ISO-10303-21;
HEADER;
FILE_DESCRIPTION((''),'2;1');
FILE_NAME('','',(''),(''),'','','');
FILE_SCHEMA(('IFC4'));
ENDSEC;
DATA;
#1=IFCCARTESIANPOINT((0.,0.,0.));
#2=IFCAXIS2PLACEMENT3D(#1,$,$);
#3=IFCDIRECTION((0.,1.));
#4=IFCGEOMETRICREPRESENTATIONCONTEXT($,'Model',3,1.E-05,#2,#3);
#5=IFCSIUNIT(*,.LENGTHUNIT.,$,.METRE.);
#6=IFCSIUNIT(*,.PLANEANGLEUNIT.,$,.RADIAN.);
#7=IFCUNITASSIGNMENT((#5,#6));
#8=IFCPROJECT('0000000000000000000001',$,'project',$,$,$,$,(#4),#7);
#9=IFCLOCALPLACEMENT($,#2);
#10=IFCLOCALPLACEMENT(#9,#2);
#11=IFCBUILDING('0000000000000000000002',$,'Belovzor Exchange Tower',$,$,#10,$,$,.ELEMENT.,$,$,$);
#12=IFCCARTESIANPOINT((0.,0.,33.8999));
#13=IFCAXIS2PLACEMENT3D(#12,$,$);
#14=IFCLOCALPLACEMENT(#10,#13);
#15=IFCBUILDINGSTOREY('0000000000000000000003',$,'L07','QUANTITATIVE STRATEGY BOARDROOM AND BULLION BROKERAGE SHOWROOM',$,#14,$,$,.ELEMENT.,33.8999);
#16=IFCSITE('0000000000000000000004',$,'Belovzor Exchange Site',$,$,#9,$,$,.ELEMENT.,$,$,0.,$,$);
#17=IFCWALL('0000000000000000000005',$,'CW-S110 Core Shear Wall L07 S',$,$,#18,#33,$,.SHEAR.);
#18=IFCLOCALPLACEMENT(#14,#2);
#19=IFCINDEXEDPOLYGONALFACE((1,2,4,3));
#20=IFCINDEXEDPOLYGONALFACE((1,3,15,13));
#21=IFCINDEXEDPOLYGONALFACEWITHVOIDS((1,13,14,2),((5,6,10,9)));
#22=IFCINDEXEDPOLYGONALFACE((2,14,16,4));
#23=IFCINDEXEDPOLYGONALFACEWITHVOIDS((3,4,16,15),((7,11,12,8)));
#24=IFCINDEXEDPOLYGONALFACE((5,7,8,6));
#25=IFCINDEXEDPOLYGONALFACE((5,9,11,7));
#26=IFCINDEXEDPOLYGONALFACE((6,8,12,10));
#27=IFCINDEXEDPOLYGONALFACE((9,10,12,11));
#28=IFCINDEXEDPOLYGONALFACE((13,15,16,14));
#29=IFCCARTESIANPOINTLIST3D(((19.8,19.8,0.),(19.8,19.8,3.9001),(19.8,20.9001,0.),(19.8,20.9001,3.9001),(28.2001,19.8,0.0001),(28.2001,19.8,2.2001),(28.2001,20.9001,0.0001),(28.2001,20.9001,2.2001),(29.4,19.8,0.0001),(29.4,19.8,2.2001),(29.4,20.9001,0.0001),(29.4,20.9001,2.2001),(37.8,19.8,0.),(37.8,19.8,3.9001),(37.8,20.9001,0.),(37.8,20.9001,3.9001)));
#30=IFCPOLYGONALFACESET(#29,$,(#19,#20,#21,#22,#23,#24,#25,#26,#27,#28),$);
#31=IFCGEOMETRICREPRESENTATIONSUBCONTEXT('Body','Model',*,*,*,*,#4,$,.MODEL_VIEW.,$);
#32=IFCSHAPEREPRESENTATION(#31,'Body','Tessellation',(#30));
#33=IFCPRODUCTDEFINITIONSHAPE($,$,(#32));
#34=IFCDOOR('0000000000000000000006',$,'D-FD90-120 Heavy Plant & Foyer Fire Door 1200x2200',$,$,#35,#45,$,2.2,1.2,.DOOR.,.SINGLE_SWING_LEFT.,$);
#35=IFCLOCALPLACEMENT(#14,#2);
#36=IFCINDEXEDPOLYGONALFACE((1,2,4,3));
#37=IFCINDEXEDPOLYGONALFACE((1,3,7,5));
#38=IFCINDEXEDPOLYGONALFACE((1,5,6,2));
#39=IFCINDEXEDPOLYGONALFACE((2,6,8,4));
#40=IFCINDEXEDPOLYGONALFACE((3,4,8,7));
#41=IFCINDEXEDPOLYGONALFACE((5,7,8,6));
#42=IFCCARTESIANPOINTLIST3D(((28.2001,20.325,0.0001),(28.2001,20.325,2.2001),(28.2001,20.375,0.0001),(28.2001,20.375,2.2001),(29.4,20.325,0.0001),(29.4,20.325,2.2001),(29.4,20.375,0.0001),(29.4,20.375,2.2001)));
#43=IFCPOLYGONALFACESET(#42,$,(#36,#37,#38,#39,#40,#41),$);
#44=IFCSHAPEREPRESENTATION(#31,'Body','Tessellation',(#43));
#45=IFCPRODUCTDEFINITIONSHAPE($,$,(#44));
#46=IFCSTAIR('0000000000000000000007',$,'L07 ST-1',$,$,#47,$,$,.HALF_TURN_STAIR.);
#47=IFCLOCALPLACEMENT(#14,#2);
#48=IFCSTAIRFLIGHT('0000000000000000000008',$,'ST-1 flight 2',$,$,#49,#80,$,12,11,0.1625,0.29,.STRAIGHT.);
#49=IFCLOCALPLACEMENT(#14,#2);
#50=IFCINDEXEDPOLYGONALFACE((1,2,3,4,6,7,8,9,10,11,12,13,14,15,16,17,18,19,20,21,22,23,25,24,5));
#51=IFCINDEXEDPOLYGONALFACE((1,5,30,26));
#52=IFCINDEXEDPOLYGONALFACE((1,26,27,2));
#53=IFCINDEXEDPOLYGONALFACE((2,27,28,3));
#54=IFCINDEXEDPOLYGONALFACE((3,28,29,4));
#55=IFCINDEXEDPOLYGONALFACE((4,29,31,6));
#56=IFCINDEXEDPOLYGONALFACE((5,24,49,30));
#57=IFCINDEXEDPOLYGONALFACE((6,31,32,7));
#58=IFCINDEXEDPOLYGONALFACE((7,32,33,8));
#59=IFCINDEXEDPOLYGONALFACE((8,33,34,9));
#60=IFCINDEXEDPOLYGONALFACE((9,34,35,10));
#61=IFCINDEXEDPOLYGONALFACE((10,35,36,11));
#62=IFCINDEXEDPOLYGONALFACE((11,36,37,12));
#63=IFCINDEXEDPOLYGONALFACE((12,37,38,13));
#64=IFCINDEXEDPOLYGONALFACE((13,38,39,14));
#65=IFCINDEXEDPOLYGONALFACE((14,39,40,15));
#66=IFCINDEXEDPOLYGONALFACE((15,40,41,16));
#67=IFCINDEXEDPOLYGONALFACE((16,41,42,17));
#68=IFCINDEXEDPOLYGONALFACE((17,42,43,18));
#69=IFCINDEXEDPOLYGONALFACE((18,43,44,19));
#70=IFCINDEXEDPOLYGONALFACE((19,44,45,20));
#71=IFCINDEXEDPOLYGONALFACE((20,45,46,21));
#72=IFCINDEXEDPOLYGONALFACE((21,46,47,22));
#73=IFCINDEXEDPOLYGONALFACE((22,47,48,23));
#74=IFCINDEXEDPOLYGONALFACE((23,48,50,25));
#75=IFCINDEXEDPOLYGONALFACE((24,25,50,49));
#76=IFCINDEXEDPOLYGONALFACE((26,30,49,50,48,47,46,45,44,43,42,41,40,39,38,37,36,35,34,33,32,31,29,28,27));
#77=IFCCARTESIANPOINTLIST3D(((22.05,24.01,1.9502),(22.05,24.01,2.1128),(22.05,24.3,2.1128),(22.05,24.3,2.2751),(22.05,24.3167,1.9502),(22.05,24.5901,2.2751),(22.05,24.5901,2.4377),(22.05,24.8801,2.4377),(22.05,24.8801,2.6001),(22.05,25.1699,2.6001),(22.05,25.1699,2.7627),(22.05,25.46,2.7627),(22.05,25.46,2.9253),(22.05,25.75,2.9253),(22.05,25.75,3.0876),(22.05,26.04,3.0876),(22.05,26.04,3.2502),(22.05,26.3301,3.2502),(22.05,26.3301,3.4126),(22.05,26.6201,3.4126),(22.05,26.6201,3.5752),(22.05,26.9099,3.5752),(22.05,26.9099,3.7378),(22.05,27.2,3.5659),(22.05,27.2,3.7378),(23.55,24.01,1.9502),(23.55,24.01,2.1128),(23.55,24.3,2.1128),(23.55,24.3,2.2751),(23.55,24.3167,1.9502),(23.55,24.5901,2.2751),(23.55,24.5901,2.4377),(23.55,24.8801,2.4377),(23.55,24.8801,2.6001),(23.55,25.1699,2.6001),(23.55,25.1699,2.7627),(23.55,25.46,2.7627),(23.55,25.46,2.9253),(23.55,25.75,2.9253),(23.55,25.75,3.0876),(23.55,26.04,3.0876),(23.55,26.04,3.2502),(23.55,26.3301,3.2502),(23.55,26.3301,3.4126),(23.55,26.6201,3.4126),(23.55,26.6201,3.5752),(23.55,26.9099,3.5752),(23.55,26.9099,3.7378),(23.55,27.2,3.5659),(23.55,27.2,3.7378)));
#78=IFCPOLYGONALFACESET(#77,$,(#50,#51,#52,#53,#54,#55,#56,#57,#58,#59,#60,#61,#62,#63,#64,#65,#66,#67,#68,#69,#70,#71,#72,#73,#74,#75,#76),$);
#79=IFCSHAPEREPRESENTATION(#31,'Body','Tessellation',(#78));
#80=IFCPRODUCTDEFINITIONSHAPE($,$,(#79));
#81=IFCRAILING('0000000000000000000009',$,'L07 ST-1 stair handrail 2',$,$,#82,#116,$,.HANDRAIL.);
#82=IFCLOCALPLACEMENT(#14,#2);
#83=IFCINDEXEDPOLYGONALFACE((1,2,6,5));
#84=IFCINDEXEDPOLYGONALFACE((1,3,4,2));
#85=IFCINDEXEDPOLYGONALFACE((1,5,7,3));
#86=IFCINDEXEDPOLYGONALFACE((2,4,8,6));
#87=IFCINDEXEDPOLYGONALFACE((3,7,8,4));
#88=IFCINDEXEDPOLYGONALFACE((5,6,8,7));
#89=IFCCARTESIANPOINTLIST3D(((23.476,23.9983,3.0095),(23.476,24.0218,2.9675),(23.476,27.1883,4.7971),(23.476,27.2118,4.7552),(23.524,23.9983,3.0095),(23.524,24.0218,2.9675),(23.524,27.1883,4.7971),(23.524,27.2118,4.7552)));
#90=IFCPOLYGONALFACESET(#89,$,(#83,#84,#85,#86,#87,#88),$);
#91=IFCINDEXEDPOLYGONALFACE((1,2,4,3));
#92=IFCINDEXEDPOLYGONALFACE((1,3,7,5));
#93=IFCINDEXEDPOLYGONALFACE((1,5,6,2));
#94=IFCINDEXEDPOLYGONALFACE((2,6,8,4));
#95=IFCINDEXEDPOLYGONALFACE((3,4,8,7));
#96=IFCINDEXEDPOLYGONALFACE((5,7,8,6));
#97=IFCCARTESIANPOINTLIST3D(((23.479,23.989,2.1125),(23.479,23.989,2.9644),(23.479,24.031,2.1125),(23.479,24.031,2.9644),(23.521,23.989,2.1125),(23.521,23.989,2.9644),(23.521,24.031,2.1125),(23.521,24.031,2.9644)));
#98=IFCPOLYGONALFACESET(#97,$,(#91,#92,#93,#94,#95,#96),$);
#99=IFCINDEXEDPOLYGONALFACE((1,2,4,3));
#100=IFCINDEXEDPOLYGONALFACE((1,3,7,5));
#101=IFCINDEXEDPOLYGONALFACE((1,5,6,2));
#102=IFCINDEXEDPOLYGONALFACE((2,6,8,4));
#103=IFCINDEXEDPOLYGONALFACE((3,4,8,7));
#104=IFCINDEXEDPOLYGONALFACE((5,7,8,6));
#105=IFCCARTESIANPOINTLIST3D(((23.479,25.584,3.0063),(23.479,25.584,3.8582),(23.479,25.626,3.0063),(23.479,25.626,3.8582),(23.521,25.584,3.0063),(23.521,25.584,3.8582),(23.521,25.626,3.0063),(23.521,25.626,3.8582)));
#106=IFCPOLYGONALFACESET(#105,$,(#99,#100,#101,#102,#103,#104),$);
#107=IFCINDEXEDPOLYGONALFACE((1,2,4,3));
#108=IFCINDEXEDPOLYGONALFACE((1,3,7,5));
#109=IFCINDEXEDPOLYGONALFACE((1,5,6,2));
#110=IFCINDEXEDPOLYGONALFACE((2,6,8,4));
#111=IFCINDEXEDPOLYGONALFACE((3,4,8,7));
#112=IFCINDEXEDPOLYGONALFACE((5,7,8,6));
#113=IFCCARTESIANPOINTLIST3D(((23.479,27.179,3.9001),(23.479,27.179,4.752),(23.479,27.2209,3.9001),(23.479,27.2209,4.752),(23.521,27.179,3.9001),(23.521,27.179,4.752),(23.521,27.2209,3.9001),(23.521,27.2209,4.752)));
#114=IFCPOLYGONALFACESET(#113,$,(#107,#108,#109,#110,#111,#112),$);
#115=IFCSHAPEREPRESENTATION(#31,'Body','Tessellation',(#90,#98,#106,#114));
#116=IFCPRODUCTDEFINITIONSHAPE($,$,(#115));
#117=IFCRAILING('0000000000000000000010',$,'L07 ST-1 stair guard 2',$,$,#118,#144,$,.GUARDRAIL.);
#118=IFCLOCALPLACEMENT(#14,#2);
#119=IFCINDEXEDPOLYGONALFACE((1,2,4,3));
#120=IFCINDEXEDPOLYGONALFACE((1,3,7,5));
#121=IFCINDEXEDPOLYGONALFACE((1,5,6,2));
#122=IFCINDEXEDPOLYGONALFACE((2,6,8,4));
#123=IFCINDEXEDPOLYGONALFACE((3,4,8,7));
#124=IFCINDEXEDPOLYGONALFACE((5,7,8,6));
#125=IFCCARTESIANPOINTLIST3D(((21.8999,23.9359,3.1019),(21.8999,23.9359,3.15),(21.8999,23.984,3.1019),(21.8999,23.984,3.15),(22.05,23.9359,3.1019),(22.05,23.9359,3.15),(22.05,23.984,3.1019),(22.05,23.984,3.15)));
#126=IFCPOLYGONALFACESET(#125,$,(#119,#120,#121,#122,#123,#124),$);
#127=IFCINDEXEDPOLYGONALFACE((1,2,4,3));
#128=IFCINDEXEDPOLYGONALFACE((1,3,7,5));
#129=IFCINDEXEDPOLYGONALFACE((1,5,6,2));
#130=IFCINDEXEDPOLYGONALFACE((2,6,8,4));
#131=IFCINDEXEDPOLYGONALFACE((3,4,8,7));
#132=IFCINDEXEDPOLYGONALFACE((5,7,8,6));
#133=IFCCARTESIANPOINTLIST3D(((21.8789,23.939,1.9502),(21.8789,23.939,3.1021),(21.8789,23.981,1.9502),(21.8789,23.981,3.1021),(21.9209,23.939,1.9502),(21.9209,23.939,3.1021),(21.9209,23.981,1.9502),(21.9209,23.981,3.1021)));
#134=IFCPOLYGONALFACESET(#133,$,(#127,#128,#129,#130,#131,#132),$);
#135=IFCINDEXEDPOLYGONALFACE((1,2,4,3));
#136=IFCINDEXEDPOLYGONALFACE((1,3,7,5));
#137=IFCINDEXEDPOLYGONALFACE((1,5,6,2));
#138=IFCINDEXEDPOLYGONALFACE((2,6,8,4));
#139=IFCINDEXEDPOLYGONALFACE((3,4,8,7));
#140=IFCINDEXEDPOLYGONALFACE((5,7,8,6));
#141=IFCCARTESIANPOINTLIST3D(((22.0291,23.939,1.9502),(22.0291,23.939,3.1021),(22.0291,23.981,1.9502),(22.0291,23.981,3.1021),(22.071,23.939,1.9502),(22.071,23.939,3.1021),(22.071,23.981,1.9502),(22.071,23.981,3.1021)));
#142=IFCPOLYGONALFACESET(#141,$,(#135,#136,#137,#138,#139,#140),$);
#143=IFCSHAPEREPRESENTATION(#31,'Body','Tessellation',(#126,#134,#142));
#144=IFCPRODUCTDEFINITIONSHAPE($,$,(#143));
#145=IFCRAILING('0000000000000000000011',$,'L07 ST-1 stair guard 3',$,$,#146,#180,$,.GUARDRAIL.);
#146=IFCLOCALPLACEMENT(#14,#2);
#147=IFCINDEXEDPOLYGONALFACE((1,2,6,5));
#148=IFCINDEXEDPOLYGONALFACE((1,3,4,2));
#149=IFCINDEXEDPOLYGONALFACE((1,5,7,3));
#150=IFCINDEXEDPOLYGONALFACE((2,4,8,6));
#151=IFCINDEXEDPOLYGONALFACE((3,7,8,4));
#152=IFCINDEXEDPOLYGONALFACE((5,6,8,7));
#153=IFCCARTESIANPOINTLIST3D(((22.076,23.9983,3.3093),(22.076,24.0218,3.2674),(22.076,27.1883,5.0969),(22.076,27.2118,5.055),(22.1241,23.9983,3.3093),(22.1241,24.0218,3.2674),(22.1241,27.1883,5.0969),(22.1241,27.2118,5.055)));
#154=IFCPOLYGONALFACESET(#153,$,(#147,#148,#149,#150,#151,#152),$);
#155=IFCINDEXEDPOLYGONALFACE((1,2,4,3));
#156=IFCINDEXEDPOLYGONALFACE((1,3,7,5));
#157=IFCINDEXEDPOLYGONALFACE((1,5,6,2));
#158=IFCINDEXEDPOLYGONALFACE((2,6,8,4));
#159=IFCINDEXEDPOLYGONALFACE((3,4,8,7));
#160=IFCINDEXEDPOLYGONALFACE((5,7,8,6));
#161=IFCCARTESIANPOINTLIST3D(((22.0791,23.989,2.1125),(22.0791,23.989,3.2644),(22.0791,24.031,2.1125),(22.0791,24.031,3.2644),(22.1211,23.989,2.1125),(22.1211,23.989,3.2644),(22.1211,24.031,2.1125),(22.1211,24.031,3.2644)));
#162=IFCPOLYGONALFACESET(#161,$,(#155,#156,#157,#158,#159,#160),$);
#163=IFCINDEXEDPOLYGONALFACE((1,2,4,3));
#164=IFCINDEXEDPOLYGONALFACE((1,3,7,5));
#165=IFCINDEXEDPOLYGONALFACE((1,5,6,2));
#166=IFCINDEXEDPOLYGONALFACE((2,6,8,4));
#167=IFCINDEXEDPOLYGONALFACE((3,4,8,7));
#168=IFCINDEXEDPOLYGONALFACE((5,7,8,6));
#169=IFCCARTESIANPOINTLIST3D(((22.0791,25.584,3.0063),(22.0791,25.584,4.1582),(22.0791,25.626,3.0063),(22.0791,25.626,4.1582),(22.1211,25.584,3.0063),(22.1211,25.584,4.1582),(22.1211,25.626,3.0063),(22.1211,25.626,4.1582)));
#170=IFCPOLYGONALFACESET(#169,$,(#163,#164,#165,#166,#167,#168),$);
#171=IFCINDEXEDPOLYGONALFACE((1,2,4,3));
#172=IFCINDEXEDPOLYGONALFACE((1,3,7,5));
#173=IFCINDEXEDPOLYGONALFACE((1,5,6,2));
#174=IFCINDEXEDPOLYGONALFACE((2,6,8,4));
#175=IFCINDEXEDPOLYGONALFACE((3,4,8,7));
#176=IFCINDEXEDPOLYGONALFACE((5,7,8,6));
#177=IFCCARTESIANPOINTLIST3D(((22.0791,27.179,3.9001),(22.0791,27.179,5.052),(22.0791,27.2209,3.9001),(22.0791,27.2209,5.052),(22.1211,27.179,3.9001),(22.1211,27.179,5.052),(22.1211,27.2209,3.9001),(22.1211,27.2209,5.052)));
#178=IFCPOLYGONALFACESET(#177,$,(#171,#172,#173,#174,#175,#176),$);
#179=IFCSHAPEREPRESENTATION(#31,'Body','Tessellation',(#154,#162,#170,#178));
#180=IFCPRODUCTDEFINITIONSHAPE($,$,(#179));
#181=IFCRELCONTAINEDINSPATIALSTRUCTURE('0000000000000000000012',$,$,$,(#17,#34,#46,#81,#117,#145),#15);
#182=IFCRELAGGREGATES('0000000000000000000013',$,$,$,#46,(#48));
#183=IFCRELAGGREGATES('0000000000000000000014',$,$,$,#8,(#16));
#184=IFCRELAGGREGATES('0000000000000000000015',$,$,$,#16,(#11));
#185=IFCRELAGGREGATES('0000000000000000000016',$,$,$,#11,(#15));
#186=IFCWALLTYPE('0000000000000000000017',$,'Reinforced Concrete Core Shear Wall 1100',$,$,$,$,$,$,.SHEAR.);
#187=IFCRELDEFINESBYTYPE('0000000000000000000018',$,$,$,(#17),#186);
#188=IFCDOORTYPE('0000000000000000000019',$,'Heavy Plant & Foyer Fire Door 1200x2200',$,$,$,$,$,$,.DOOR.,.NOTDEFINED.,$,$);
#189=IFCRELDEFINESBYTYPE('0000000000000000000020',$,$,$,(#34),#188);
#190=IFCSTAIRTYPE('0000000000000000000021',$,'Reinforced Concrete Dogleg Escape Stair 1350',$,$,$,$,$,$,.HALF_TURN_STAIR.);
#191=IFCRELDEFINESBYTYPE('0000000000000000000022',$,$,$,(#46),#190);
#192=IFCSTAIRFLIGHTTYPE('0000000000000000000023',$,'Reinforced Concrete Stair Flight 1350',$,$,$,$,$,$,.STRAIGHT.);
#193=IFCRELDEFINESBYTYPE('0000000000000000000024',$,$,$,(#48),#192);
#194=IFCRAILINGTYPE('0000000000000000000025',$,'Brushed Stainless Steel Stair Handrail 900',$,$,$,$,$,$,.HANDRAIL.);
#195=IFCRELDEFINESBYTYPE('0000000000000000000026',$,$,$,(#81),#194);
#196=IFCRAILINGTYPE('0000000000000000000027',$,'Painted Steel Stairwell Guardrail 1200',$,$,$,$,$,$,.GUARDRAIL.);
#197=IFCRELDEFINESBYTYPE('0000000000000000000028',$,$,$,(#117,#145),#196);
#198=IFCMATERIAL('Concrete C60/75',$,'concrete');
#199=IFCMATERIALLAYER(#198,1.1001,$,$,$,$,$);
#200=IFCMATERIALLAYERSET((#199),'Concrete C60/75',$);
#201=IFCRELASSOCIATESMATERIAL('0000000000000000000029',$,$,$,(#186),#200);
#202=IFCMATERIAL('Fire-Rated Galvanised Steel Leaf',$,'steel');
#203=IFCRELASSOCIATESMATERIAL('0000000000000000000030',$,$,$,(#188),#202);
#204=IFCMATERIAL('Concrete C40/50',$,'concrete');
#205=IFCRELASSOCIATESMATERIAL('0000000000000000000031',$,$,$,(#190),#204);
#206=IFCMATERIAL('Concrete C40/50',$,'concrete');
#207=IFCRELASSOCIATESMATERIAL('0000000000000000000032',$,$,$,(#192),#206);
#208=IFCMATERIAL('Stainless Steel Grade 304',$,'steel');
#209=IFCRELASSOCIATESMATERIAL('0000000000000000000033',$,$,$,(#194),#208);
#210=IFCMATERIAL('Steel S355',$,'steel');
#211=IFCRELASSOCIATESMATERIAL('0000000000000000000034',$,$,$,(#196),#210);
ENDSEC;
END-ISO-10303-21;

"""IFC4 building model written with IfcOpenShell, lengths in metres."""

from ifc_helpers import new_model, si_unit, direction, frame, frame_2d, origin, origin_2d, place, context, subcontext, project, spatial, polyline, rectangle, outline, extrude, material, layer, layer_set, type_object, element, fill, aggregate, save


model = new_model("IFC4")

# Units and contexts
model_context = context("Model", 3, precision=1e-05, world=origin(), true_north=direction((0.0, 1.0)))
body_context = subcontext(model_context, "Body", "Model", "MODEL_VIEW")
ifc_project = project(units=[si_unit("LENGTHUNIT", "METRE"), si_unit("PLANEANGLEUNIT", "RADIAN")], contexts=[model_context])

# Site, building, storey
site_placement = place(None, origin())
site = spatial("IfcSite", under=ifc_project, at=site_placement, Name="Belovzor Exchange Site", CompositionType="ELEMENT", RefElevation=0.0)
building_placement = place(site_placement, origin())
building = spatial("IfcBuilding", under=site, at=building_placement, Name="Belovzor Exchange Tower", CompositionType="ELEMENT")
storey_placement = place(building_placement, frame((0.0, 0.0, 33.8999)))
storey = spatial("IfcBuildingStorey", under=building, at=storey_placement, Name="L07", Description="QUANTITATIVE STRATEGY BOARDROOM AND BULLION BROKERAGE SHOWROOM", CompositionType="ELEMENT", Elevation=33.8999)

# Wall, opening, door
ifc_material_1 = material(Name="Concrete C60/75", Category="concrete")
ifc_layer_1 = layer(ifc_material_1, 1.1001)
ifc_layer_set_1 = layer_set([ifc_layer_1], Name="Concrete C60/75")
wall_type_1 = type_object("IfcWallType", Name="Reinforced Concrete Core Shear Wall 1100", PredefinedType="SHEAR", material=ifc_layer_set_1)
wall_1_placement = place(storey_placement, frame((19.8, 20.3501, 0.0), z_axis=(0.0, 0.0, 1.0), x_axis=(1.0, 0.0, 0.0)))
wall_1 = element("IfcWall", 1, at=wall_1_placement, inside=storey, type_object=wall_type_1, Name="CW-S110 Core Shear Wall L07 S", PredefinedType="SHEAR", context=body_context, shape_type="SweptSolid", body=[
    extrude(rectangle(XDim=18.0, YDim=1.1001, at=frame_2d((9.0, 0.0))), origin(), (0.0, 0.0, 1.0), 3.9001),
])
opening_1_placement = place(wall_1_placement, frame((8.3999, 0.0, 0.0)))
opening_1 = element("IfcOpeningElement", 2, at=opening_1_placement, cuts=wall_1, PredefinedType="OPENING", context=body_context, shape_type="SweptSolid", body=[
    extrude(rectangle(XDim=1.2, YDim=2.2, at=frame_2d((0.6001, 1.1001))), frame((0.0, 0.5601, 0.0), z_axis=(0.0, -1.0, 0.0), x_axis=(1.0, 0.0, 0.0)), (0.0, 0.0, 1.0), 1.1201),
])
ifc_material_2 = material(Name="Fire-Rated Galvanised Steel Leaf", Category="steel")
door_type_1 = type_object("IfcDoorType", Name="Heavy Plant & Foyer Fire Door 1200x2200", OperationType="NOTDEFINED", PredefinedType="DOOR", material=ifc_material_2)
door_1_placement = place(opening_1_placement, origin())
door_1 = element("IfcDoor", 3, at=door_1_placement, inside=storey, type_object=door_type_1, Name="D-FD90-120 Heavy Plant & Foyer Fire Door 1200x2200", OperationType="SINGLE_SWING_LEFT", OverallHeight=2.2, OverallWidth=1.2, PredefinedType="DOOR", context=body_context, shape_type="SweptSolid", body=[
    extrude(rectangle(XDim=1.2, YDim=2.2, at=frame_2d((0.6001, 1.1001))), frame((0.0, 0.0249, 0.0), z_axis=(0.0, -1.0, 0.0), x_axis=(1.0, 0.0, 0.0)), (0.0, 0.0, 1.0), 0.05),
])
fill(opening_1, door_1)

# Stair, stair flight
ifc_material_3 = material(Name="Concrete C40/50", Category="concrete")
stair_type = type_object("IfcStairType", Name="Reinforced Concrete Dogleg Escape Stair 1350", PredefinedType="HALF_TURN_STAIR", material=ifc_material_3)
stair_placement = place(storey_placement, origin())
stair = element("IfcStair", 4, at=stair_placement, inside=storey, type_object=stair_type, Name="L07 ST-1", PredefinedType="HALF_TURN_STAIR")
ifc_material_4 = material(Name="Concrete C40/50", Category="concrete")
stair_flight_type = type_object("IfcStairFlightType", Name="Reinforced Concrete Stair Flight 1350", PredefinedType="STRAIGHT", material=ifc_material_4)
stair_flight_placement = place(storey_placement, frame((22.8, 24.01, 1.9502), z_axis=(0.0, 0.0, 1.0), x_axis=(0.0, 1.0, 0.0)))
stair_flight = element("IfcStairFlight", 5, at=stair_flight_placement, type_object=stair_flight_type, Name="ST-1 flight 2", NumberOfRisers=12, NumberOfTreads=11, PredefinedType="STRAIGHT", RiserHeight=0.1625, TreadLength=0.29, context=body_context, shape_type="SweptSolid", body=[
    extrude(outline(polyline([(0.0, 0.0), (0.0, 0.1626), (0.29, 0.1626), (0.29, 0.325), (0.5801, 0.325), (0.5801, 0.4875), (0.8701, 0.4875), (0.8701, 0.6499), (1.1599, 0.6499), (1.1599, 0.8125), (1.45, 0.8125), (1.45, 0.9751), (1.74, 0.9751), (1.74, 1.1375), (2.03, 1.1375), (2.03, 1.3), (2.3201, 1.3), (2.3201, 1.4624), (2.6101, 1.4624), (2.6101, 1.625), (2.8999, 1.625), (2.8999, 1.7876), (3.1899, 1.7876), (3.1899, 1.95), (3.1899, 1.6157), (0.3066, 0.0), (0.0, 0.0)])), frame((0.0, 0.75, 0.0), z_axis=(0.0, -1.0, 0.0), x_axis=(1.0, 0.0, 0.0)), (0.0, 0.0, 1.0), 1.5),
])
aggregate(stair, [stair_flight])

# Railings
ifc_material_5 = material(Name="Stainless Steel Grade 304", Category="steel")
railing_type_1 = type_object("IfcRailingType", Name="Brushed Stainless Steel Stair Handrail 900", PredefinedType="HANDRAIL", material=ifc_material_5)
railing_1_placement = place(storey_placement, frame((23.5, 24.01, 2.1125)))
element("IfcRailing", 6, at=railing_1_placement, inside=storey, type_object=railing_type_1, Name="L07 ST-1 stair handrail 2", PredefinedType="HANDRAIL", context=body_context, shape_type="SweptSolid", body=[
    extrude(rectangle(XDim=0.0481, YDim=0.0481, at=origin_2d()), frame((0.0, 0.0, 0.876), z_axis=(0.0, 0.872363, 0.48886), x_axis=(-1.0, 0.0, 0.0)), (0.0, 0.0, 1.0), 3.6567),
    extrude(rectangle(XDim=0.042, YDim=0.042, at=origin_2d()), origin(), (0.0, 0.0, 1.0), 0.8518),
    extrude(rectangle(XDim=0.042, YDim=0.042, at=origin_2d()), frame((0.0, 1.595, 0.8938)), (0.0, 0.0, 1.0), 0.8518),
    extrude(rectangle(XDim=0.042, YDim=0.042, at=origin_2d()), frame((0.0, 3.1899, 1.7876)), (0.0, 0.0, 1.0), 0.8518),
])
ifc_material_6 = material(Name="Steel S355", Category="steel")
railing_type_2 = type_object("IfcRailingType", Name="Painted Steel Stairwell Guardrail 1200", PredefinedType="GUARDRAIL", material=ifc_material_6)
railing_2_placement = place(storey_placement, frame((21.8999, 23.96, 1.9502)))
element("IfcRailing", 7, at=railing_2_placement, inside=storey, type_object=railing_type_2, Name="L07 ST-1 stair guard 2", PredefinedType="GUARDRAIL", context=body_context, shape_type="SweptSolid", body=[
    extrude(rectangle(XDim=0.0481, YDim=0.0481, at=origin_2d()), frame((0.0, 0.0, 1.1758), z_axis=(1.0, 0.0, 0.0), x_axis=(0.0, 1.0, 0.0)), (0.0, 0.0, 1.0), 0.1501),
    extrude(rectangle(XDim=0.042, YDim=0.042, at=origin_2d()), origin(), (0.0, 0.0, 1.0), 1.1519),
    extrude(rectangle(XDim=0.042, YDim=0.042, at=origin_2d()), frame((0.1501, 0.0, 0.0)), (0.0, 0.0, 1.0), 1.1519),
])
railing_3_placement = place(storey_placement, frame((22.1001, 24.01, 2.1125)))
element("IfcRailing", 8, at=railing_3_placement, inside=storey, type_object=railing_type_2, Name="L07 ST-1 stair guard 3", PredefinedType="GUARDRAIL", context=body_context, shape_type="SweptSolid", body=[
    extrude(rectangle(XDim=0.0481, YDim=0.0481, at=origin_2d()), frame((0.0, 0.0, 1.1758), z_axis=(0.0, 0.872363, 0.48886), x_axis=(-1.0, 0.0, 0.0)), (0.0, 0.0, 1.0), 3.6567),
    extrude(rectangle(XDim=0.042, YDim=0.042, at=origin_2d()), origin(), (0.0, 0.0, 1.0), 1.1519),
    extrude(rectangle(XDim=0.042, YDim=0.042, at=origin_2d()), frame((0.0, 1.595, 0.8938)), (0.0, 0.0, 1.0), 1.1519),
    extrude(rectangle(XDim=0.042, YDim=0.042, at=origin_2d()), frame((0.0, 3.1899, 1.7876)), (0.0, 0.0, 1.0), 1.1519),
])

save(model, "model.ifc")
